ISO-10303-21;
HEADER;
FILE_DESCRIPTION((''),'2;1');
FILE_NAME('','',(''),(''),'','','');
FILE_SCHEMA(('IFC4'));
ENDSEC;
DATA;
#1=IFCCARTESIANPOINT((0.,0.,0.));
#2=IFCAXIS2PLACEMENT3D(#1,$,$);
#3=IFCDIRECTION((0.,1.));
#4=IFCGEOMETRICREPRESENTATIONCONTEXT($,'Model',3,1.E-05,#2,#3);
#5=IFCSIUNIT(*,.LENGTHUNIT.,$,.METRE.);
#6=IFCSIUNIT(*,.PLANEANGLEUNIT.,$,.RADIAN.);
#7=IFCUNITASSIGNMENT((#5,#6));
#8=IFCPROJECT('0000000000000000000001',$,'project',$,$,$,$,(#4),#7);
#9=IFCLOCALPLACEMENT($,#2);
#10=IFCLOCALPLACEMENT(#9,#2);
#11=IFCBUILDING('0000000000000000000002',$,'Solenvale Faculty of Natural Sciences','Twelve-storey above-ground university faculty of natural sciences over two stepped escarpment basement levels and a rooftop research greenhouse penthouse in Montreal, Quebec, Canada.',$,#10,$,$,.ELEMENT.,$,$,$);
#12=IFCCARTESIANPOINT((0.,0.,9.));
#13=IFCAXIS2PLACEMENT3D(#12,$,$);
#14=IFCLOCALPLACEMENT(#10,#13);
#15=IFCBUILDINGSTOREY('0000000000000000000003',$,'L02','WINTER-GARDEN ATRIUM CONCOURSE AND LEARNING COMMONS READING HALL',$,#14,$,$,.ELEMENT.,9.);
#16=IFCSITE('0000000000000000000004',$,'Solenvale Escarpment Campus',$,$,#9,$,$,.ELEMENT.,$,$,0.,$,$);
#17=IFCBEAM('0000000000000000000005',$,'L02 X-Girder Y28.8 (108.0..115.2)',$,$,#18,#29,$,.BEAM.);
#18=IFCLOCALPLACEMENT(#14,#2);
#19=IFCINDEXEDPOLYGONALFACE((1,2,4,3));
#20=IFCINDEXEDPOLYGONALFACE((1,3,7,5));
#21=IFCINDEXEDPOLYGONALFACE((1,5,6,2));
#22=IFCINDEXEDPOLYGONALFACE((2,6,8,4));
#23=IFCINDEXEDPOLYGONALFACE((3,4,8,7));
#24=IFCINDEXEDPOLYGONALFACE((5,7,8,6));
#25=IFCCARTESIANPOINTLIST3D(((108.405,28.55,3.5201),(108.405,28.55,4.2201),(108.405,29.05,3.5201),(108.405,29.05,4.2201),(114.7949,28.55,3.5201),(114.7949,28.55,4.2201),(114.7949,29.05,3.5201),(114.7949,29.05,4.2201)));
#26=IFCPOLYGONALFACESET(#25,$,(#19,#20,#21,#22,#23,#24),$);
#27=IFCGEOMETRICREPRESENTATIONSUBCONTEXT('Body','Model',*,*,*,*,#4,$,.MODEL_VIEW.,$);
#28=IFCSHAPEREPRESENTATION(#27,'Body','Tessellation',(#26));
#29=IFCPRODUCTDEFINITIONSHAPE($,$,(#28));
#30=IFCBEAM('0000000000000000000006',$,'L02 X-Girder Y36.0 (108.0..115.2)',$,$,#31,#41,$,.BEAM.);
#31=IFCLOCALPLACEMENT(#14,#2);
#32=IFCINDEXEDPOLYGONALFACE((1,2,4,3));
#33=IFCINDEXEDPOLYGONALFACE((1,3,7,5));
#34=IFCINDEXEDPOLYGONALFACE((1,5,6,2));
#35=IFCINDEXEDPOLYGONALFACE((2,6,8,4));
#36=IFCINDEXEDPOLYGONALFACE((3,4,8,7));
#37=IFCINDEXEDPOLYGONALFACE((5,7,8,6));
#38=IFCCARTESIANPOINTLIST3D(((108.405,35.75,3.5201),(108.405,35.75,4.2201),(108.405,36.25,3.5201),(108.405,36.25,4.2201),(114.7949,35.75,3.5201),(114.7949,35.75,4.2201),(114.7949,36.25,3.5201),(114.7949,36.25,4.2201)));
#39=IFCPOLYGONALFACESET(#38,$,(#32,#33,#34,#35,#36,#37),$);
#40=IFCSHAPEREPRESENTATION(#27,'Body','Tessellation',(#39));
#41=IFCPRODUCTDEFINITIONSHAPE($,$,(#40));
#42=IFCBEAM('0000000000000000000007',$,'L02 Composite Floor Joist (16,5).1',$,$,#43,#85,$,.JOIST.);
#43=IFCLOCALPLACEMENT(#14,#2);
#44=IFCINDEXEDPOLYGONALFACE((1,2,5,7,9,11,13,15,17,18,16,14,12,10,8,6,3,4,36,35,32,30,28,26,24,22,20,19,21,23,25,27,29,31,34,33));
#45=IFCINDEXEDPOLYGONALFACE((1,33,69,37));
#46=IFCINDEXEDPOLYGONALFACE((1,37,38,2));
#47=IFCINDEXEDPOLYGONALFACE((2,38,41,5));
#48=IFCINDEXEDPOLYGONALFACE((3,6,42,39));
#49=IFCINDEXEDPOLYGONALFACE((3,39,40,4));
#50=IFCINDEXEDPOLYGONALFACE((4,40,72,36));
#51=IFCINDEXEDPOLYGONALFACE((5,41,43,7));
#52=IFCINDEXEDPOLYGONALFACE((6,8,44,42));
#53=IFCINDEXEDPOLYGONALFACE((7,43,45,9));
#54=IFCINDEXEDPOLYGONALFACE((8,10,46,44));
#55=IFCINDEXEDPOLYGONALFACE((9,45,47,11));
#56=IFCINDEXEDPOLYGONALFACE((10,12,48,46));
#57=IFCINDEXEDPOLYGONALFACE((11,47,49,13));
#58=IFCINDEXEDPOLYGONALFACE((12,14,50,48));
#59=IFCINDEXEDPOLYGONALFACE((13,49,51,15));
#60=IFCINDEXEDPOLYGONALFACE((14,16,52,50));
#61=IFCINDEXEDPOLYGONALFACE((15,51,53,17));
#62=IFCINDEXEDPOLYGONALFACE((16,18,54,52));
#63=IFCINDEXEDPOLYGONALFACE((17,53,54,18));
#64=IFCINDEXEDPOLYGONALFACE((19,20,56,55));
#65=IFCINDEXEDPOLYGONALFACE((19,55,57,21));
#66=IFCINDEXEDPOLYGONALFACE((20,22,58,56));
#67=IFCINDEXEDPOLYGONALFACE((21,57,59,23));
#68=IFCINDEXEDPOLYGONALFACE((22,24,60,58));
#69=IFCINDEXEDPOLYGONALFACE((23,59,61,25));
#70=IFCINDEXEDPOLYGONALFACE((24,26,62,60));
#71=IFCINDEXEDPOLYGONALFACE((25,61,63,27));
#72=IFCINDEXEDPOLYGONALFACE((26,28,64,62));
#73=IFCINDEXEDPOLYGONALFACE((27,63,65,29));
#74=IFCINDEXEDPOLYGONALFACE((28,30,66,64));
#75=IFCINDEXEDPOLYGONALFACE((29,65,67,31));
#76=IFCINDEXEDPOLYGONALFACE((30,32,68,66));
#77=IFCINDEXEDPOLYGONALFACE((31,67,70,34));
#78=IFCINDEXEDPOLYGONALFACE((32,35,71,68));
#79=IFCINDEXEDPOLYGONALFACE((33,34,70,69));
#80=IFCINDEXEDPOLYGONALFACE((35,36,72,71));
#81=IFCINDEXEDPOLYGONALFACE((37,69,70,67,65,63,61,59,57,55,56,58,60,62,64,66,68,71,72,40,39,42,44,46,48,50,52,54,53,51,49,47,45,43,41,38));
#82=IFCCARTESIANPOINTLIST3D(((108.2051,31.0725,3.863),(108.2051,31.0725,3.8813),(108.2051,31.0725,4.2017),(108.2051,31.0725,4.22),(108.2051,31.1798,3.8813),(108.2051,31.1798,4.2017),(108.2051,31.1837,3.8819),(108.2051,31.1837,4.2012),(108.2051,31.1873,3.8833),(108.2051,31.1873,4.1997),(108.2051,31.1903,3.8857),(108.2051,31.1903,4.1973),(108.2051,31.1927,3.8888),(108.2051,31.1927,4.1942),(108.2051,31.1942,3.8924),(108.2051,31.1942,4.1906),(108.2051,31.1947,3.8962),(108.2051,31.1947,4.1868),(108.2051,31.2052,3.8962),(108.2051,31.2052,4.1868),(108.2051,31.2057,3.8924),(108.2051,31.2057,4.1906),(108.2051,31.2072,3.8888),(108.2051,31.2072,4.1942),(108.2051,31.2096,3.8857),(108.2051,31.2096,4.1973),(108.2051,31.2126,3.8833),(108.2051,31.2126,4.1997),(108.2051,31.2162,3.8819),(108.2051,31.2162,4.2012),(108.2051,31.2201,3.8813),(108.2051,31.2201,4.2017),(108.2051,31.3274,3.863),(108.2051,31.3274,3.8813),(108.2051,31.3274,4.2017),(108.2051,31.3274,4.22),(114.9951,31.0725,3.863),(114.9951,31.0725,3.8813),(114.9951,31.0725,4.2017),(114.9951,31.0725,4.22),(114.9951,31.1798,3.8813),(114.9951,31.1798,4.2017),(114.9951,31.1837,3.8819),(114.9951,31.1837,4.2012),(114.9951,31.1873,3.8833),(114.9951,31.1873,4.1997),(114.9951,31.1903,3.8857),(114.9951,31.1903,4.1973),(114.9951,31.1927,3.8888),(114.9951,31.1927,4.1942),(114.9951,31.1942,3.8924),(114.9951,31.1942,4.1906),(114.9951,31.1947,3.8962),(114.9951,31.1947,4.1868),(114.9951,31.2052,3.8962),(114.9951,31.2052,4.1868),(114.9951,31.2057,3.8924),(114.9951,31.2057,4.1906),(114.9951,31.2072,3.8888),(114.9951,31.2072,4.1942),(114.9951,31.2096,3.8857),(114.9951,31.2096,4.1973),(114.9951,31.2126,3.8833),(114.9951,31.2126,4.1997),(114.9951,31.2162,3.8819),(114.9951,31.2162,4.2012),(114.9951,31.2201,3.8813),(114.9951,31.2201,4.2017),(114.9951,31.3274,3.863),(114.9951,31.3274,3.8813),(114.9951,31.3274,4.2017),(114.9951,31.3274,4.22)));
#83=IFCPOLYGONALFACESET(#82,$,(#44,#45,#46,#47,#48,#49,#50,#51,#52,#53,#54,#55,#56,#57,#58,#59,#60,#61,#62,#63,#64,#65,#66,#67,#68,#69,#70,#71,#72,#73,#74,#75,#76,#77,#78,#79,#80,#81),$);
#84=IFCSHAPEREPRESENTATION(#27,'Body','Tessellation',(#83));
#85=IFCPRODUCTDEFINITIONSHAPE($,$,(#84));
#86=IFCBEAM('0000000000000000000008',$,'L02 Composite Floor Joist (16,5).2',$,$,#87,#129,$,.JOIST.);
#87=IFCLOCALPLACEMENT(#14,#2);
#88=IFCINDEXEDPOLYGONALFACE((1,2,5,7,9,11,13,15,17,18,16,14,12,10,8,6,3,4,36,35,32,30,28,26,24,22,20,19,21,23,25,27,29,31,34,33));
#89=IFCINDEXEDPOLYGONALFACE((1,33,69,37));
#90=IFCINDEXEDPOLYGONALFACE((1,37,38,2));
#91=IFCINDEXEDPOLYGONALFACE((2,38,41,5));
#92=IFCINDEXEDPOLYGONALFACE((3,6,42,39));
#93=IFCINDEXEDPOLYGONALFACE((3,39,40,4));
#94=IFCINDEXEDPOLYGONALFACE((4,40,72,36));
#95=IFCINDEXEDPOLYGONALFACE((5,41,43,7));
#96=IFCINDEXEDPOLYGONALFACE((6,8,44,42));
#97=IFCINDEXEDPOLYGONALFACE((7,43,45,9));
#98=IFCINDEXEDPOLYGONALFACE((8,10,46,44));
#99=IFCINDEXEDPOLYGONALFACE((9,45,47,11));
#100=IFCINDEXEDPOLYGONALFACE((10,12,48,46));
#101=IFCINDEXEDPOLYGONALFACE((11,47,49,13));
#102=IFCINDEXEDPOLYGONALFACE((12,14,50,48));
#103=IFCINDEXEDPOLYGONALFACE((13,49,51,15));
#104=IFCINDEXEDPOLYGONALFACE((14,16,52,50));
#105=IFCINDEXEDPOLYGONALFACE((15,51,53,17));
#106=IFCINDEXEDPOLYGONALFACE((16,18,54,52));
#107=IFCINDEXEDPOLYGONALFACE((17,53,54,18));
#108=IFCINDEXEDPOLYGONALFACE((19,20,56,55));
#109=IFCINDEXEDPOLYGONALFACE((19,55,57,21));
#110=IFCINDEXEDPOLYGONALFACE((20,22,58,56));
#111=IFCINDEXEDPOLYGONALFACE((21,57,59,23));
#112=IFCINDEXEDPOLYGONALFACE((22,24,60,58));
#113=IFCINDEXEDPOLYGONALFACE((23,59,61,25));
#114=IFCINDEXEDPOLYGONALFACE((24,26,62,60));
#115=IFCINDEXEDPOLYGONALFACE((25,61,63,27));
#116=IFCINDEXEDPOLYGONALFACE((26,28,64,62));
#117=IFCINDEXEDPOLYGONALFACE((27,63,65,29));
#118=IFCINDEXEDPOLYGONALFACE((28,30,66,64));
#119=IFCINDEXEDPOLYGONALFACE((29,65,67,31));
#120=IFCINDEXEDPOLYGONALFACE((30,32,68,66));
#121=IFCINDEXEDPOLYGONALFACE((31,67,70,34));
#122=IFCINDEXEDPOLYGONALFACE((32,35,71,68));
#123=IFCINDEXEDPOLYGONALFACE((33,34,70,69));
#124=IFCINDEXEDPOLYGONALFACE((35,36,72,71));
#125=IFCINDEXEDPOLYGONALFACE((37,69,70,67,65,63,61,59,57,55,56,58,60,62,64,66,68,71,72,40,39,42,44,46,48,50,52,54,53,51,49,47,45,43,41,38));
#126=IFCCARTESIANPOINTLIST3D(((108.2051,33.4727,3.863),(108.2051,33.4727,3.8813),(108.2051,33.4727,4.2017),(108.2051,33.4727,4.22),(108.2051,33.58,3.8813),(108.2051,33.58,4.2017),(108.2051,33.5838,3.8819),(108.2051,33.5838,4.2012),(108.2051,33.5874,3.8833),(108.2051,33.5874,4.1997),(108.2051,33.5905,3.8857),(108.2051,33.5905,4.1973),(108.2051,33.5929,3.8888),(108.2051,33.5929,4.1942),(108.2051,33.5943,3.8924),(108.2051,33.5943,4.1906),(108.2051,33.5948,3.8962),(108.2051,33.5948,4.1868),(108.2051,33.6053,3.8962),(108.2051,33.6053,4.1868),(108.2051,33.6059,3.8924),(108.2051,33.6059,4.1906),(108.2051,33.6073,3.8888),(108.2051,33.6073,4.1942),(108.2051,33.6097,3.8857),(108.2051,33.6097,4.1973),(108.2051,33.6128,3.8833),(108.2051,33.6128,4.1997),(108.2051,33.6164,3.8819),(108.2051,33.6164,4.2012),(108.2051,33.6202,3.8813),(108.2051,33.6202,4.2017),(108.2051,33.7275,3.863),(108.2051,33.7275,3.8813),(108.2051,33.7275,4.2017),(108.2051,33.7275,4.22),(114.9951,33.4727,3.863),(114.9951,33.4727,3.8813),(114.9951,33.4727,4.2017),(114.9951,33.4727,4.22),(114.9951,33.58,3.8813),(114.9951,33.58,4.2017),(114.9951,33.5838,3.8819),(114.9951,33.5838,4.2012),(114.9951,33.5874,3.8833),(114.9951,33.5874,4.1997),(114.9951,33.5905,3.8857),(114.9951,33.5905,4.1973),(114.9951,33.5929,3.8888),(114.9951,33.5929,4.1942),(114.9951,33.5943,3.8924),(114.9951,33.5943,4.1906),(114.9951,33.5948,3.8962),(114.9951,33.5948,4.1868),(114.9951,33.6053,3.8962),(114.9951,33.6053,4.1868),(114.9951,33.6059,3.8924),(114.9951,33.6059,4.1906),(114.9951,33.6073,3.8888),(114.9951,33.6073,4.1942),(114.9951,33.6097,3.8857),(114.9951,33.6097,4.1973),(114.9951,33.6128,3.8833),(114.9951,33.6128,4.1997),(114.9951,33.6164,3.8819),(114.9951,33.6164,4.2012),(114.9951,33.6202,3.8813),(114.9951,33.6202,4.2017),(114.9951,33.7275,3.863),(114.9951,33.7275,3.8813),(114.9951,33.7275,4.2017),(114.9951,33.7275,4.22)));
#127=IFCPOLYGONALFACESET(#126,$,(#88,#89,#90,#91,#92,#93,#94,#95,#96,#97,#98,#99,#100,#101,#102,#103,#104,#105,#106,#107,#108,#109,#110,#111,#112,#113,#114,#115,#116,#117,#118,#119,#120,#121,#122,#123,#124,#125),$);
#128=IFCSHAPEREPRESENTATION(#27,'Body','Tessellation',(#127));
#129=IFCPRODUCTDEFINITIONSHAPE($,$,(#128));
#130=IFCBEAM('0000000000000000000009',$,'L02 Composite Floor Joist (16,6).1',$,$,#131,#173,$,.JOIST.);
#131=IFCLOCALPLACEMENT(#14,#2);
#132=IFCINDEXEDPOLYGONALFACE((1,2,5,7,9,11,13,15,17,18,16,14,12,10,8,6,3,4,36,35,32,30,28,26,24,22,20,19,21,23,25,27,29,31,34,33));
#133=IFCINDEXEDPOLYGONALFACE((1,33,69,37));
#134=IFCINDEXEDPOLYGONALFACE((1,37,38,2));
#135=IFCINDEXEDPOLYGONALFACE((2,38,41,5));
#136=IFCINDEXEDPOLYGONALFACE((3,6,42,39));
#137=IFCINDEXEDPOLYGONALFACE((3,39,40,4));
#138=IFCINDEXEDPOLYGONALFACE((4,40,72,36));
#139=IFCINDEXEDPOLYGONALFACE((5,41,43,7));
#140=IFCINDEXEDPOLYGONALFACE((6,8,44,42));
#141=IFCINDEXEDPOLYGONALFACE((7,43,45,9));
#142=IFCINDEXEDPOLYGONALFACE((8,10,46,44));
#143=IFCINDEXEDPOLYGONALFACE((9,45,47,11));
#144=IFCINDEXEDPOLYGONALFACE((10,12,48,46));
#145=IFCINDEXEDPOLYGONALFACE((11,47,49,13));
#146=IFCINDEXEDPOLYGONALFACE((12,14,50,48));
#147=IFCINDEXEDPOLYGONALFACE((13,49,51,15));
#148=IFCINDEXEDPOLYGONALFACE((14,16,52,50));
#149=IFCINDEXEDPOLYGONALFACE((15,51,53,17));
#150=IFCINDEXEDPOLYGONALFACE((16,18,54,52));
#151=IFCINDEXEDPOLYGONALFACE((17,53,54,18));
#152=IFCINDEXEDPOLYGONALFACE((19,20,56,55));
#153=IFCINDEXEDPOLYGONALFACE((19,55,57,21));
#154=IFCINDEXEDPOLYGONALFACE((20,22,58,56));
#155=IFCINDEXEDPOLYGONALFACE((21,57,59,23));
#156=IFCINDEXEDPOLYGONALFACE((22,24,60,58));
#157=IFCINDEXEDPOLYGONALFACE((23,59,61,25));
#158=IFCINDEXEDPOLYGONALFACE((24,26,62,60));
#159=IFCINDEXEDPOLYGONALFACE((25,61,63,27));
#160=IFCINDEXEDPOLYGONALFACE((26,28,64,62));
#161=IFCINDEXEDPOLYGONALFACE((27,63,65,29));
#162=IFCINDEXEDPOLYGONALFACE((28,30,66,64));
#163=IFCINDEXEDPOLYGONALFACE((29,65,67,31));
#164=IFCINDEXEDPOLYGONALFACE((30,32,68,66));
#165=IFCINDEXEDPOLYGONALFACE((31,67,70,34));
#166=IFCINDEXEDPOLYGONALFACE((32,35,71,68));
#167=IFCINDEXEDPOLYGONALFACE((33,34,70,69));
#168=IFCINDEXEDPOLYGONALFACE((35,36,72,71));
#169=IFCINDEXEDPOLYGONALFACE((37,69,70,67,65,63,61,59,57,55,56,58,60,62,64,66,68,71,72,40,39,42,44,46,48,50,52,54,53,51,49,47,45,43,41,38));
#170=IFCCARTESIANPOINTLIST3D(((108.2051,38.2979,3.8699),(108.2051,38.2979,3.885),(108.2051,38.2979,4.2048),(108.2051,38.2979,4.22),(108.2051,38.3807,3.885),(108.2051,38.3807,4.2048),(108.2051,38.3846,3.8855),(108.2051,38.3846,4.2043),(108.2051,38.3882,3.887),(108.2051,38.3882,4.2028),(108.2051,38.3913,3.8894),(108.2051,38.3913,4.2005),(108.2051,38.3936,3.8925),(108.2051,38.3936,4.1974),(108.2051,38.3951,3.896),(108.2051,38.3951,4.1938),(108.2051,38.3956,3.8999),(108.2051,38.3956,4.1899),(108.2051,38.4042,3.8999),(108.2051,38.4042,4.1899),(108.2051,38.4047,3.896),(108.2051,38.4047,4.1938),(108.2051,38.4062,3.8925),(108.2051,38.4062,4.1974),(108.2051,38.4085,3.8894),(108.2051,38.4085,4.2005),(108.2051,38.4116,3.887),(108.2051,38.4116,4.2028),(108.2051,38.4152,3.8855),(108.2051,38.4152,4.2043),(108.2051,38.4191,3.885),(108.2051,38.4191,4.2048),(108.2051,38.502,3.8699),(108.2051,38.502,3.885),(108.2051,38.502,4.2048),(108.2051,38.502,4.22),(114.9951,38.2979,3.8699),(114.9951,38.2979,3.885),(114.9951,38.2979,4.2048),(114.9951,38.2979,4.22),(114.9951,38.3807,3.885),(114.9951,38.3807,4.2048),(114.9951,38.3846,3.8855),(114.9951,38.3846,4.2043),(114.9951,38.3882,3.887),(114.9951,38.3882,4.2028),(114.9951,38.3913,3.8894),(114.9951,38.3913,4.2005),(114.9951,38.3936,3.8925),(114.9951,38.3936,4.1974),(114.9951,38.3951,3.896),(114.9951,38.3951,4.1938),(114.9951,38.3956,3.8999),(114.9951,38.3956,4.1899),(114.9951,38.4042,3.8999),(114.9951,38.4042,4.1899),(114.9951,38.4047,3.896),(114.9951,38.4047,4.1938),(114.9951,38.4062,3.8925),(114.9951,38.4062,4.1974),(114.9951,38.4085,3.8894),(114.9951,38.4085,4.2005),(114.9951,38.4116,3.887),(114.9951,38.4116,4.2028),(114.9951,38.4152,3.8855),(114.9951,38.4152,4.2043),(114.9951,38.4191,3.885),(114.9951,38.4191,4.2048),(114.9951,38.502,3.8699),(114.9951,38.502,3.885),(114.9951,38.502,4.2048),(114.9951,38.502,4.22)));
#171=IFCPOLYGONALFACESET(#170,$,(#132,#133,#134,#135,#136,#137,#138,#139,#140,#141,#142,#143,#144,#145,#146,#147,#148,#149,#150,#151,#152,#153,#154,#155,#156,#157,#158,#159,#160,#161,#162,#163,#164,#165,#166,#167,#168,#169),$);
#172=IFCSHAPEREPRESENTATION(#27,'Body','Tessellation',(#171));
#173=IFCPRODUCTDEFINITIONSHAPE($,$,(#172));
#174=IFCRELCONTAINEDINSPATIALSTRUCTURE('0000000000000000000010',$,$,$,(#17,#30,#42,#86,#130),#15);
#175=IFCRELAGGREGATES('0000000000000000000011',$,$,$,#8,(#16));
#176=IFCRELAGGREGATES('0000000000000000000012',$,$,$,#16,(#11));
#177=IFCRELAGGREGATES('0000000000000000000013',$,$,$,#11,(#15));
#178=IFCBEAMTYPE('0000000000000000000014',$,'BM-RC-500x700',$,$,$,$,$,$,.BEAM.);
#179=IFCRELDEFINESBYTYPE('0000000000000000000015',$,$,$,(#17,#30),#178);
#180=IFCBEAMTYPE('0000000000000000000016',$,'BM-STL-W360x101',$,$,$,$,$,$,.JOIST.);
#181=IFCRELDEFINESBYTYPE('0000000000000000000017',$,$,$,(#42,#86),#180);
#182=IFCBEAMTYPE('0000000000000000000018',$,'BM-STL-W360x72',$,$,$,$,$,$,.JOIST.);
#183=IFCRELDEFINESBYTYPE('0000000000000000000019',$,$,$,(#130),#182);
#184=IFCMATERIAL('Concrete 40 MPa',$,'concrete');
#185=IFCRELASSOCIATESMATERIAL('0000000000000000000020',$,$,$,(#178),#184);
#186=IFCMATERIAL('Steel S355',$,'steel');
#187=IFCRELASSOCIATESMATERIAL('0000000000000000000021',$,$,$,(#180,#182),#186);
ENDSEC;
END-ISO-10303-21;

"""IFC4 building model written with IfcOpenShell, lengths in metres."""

from ifc_helpers import new_model, si_unit, direction, frame, origin, origin_2d, place, context, subcontext, project, spatial, rectangle, i_section, extrude, material, material_profile, profile_set, type_object, element, save


model = new_model("IFC4")

# Units and contexts
model_context = context("Model", 3, precision=1e-05, world=origin(), true_north=direction((0.0, 1.0)))
body_context = subcontext(model_context, "Body", "Model", "MODEL_VIEW")
ifc_project = project(units=[si_unit("LENGTHUNIT", "METRE"), si_unit("PLANEANGLEUNIT", "RADIAN")], contexts=[model_context])

# Site, building, storey
site_placement = place(None, origin())
site = spatial("IfcSite", under=ifc_project, at=site_placement, Name="Solenvale Escarpment Campus", CompositionType="ELEMENT", RefElevation=0.0)
building_placement = place(site_placement, origin())
building = spatial("IfcBuilding", under=site, at=building_placement, Name="Solenvale Faculty of Natural Sciences", Description="Twelve-storey above-ground university faculty of natural sciences over two stepped escarpment basement levels and a rooftop research greenhouse penthouse in Montreal, Quebec, Canada.", CompositionType="ELEMENT")
storey_placement = place(building_placement, frame((0.0, 0.0, 9.0)))
storey = spatial("IfcBuildingStorey", under=building, at=storey_placement, Name="L02", Description="WINTER-GARDEN ATRIUM CONCOURSE AND LEARNING COMMONS READING HALL", CompositionType="ELEMENT", Elevation=9.0)

# Beams
ifc_material_1 = material(Name="Concrete 40 MPa", Category="concrete")
ifc_material_profile_1 = material_profile(ifc_material_1, rectangle(XDim=0.5, YDim=0.7, at=origin_2d()), Name="RC-BM-500x700")
ifc_profile_set_1 = profile_set([ifc_material_profile_1], Name="Concrete 40 MPa")
beam_type_1 = type_object("IfcBeamType", Name="BM-RC-500x700", PredefinedType="BEAM", material=ifc_profile_set_1)
for number, where, z_axis, x_axis, name in (
    (1, (108.405, 28.8, 3.8701), (1.0, 0.0, 0.0), (0.0, 1.0, 0.0), "L02 X-Girder Y28.8 (108.0..115.2)"),
    (2, (108.405, 36.0, 3.8701), (1.0, 0.0, 0.0), (0.0, 1.0, 0.0), "L02 X-Girder Y36.0 (108.0..115.2)"),
):
    element("IfcBeam", number, at=place(storey_placement, frame(where, z_axis=z_axis, x_axis=x_axis)), inside=storey, type_object=beam_type_1, Name=name, PredefinedType="BEAM", context=body_context, shape_type="SweptSolid", body=[
        extrude(rectangle(XDim=0.5, YDim=0.7, at=origin_2d()), origin(), (0.0, 0.0, 1.0), 6.3899),
    ])
ifc_material_2 = material(Name="Steel S355", Category="steel")
ifc_material_profile_2 = material_profile(ifc_material_2, i_section(OverallWidth=0.2549, OverallDepth=0.3569, WebThickness=0.0105, FlangeThickness=0.0183, FilletRadius=0.0149, at=origin_2d()), Name="W360x101")
ifc_profile_set_2 = profile_set([ifc_material_profile_2], Name="Steel S355")
beam_type_2 = type_object("IfcBeamType", Name="BM-STL-W360x101", PredefinedType="JOIST", material=ifc_profile_set_2)
for number, where, z_axis, x_axis, name in (
    (3, (108.2051, 31.2, 4.0415), (1.0, 0.0, 0.0), (0.0, 1.0, 0.0), "L02 Composite Floor Joist (16,5).1"),
    (4, (108.2051, 33.6001, 4.0415), (1.0, 0.0, 0.0), (0.0, 1.0, 0.0), "L02 Composite Floor Joist (16,5).2"),
):
    element("IfcBeam", number, at=place(storey_placement, frame(where, z_axis=z_axis, x_axis=x_axis)), inside=storey, type_object=beam_type_2, Name=name, PredefinedType="JOIST", context=body_context, shape_type="SweptSolid", body=[
        extrude(i_section(OverallWidth=0.2549, OverallDepth=0.3569, WebThickness=0.0105, FlangeThickness=0.0183, FilletRadius=0.0149, at=origin_2d()), origin(), (0.0, 0.0, 1.0), 6.79),
    ])
ifc_material_profile_3 = material_profile(ifc_material_2, i_section(OverallWidth=0.2041, OverallDepth=0.3501, WebThickness=0.0085, FlangeThickness=0.0151, FilletRadius=0.0149, at=origin_2d()), Name="W360x72")
ifc_profile_set_3 = profile_set([ifc_material_profile_3], Name="Steel S355")
beam_type_3 = type_object("IfcBeamType", Name="BM-STL-W360x72", PredefinedType="JOIST", material=ifc_profile_set_3)
for number, where, z_axis, x_axis, name in (
    (5, (108.2051, 38.3999, 4.0449), (1.0, 0.0, 0.0), (0.0, 1.0, 0.0), "L02 Composite Floor Joist (16,6).1"),
):
    element("IfcBeam", number, at=place(storey_placement, frame(where, z_axis=z_axis, x_axis=x_axis)), inside=storey, type_object=beam_type_3, Name=name, PredefinedType="JOIST", context=body_context, shape_type="SweptSolid", body=[
        extrude(i_section(OverallWidth=0.2041, OverallDepth=0.3501, WebThickness=0.0085, FlangeThickness=0.0151, FilletRadius=0.0149, at=origin_2d()), origin(), (0.0, 0.0, 1.0), 6.79),
    ])

save(model, "model.ifc")
